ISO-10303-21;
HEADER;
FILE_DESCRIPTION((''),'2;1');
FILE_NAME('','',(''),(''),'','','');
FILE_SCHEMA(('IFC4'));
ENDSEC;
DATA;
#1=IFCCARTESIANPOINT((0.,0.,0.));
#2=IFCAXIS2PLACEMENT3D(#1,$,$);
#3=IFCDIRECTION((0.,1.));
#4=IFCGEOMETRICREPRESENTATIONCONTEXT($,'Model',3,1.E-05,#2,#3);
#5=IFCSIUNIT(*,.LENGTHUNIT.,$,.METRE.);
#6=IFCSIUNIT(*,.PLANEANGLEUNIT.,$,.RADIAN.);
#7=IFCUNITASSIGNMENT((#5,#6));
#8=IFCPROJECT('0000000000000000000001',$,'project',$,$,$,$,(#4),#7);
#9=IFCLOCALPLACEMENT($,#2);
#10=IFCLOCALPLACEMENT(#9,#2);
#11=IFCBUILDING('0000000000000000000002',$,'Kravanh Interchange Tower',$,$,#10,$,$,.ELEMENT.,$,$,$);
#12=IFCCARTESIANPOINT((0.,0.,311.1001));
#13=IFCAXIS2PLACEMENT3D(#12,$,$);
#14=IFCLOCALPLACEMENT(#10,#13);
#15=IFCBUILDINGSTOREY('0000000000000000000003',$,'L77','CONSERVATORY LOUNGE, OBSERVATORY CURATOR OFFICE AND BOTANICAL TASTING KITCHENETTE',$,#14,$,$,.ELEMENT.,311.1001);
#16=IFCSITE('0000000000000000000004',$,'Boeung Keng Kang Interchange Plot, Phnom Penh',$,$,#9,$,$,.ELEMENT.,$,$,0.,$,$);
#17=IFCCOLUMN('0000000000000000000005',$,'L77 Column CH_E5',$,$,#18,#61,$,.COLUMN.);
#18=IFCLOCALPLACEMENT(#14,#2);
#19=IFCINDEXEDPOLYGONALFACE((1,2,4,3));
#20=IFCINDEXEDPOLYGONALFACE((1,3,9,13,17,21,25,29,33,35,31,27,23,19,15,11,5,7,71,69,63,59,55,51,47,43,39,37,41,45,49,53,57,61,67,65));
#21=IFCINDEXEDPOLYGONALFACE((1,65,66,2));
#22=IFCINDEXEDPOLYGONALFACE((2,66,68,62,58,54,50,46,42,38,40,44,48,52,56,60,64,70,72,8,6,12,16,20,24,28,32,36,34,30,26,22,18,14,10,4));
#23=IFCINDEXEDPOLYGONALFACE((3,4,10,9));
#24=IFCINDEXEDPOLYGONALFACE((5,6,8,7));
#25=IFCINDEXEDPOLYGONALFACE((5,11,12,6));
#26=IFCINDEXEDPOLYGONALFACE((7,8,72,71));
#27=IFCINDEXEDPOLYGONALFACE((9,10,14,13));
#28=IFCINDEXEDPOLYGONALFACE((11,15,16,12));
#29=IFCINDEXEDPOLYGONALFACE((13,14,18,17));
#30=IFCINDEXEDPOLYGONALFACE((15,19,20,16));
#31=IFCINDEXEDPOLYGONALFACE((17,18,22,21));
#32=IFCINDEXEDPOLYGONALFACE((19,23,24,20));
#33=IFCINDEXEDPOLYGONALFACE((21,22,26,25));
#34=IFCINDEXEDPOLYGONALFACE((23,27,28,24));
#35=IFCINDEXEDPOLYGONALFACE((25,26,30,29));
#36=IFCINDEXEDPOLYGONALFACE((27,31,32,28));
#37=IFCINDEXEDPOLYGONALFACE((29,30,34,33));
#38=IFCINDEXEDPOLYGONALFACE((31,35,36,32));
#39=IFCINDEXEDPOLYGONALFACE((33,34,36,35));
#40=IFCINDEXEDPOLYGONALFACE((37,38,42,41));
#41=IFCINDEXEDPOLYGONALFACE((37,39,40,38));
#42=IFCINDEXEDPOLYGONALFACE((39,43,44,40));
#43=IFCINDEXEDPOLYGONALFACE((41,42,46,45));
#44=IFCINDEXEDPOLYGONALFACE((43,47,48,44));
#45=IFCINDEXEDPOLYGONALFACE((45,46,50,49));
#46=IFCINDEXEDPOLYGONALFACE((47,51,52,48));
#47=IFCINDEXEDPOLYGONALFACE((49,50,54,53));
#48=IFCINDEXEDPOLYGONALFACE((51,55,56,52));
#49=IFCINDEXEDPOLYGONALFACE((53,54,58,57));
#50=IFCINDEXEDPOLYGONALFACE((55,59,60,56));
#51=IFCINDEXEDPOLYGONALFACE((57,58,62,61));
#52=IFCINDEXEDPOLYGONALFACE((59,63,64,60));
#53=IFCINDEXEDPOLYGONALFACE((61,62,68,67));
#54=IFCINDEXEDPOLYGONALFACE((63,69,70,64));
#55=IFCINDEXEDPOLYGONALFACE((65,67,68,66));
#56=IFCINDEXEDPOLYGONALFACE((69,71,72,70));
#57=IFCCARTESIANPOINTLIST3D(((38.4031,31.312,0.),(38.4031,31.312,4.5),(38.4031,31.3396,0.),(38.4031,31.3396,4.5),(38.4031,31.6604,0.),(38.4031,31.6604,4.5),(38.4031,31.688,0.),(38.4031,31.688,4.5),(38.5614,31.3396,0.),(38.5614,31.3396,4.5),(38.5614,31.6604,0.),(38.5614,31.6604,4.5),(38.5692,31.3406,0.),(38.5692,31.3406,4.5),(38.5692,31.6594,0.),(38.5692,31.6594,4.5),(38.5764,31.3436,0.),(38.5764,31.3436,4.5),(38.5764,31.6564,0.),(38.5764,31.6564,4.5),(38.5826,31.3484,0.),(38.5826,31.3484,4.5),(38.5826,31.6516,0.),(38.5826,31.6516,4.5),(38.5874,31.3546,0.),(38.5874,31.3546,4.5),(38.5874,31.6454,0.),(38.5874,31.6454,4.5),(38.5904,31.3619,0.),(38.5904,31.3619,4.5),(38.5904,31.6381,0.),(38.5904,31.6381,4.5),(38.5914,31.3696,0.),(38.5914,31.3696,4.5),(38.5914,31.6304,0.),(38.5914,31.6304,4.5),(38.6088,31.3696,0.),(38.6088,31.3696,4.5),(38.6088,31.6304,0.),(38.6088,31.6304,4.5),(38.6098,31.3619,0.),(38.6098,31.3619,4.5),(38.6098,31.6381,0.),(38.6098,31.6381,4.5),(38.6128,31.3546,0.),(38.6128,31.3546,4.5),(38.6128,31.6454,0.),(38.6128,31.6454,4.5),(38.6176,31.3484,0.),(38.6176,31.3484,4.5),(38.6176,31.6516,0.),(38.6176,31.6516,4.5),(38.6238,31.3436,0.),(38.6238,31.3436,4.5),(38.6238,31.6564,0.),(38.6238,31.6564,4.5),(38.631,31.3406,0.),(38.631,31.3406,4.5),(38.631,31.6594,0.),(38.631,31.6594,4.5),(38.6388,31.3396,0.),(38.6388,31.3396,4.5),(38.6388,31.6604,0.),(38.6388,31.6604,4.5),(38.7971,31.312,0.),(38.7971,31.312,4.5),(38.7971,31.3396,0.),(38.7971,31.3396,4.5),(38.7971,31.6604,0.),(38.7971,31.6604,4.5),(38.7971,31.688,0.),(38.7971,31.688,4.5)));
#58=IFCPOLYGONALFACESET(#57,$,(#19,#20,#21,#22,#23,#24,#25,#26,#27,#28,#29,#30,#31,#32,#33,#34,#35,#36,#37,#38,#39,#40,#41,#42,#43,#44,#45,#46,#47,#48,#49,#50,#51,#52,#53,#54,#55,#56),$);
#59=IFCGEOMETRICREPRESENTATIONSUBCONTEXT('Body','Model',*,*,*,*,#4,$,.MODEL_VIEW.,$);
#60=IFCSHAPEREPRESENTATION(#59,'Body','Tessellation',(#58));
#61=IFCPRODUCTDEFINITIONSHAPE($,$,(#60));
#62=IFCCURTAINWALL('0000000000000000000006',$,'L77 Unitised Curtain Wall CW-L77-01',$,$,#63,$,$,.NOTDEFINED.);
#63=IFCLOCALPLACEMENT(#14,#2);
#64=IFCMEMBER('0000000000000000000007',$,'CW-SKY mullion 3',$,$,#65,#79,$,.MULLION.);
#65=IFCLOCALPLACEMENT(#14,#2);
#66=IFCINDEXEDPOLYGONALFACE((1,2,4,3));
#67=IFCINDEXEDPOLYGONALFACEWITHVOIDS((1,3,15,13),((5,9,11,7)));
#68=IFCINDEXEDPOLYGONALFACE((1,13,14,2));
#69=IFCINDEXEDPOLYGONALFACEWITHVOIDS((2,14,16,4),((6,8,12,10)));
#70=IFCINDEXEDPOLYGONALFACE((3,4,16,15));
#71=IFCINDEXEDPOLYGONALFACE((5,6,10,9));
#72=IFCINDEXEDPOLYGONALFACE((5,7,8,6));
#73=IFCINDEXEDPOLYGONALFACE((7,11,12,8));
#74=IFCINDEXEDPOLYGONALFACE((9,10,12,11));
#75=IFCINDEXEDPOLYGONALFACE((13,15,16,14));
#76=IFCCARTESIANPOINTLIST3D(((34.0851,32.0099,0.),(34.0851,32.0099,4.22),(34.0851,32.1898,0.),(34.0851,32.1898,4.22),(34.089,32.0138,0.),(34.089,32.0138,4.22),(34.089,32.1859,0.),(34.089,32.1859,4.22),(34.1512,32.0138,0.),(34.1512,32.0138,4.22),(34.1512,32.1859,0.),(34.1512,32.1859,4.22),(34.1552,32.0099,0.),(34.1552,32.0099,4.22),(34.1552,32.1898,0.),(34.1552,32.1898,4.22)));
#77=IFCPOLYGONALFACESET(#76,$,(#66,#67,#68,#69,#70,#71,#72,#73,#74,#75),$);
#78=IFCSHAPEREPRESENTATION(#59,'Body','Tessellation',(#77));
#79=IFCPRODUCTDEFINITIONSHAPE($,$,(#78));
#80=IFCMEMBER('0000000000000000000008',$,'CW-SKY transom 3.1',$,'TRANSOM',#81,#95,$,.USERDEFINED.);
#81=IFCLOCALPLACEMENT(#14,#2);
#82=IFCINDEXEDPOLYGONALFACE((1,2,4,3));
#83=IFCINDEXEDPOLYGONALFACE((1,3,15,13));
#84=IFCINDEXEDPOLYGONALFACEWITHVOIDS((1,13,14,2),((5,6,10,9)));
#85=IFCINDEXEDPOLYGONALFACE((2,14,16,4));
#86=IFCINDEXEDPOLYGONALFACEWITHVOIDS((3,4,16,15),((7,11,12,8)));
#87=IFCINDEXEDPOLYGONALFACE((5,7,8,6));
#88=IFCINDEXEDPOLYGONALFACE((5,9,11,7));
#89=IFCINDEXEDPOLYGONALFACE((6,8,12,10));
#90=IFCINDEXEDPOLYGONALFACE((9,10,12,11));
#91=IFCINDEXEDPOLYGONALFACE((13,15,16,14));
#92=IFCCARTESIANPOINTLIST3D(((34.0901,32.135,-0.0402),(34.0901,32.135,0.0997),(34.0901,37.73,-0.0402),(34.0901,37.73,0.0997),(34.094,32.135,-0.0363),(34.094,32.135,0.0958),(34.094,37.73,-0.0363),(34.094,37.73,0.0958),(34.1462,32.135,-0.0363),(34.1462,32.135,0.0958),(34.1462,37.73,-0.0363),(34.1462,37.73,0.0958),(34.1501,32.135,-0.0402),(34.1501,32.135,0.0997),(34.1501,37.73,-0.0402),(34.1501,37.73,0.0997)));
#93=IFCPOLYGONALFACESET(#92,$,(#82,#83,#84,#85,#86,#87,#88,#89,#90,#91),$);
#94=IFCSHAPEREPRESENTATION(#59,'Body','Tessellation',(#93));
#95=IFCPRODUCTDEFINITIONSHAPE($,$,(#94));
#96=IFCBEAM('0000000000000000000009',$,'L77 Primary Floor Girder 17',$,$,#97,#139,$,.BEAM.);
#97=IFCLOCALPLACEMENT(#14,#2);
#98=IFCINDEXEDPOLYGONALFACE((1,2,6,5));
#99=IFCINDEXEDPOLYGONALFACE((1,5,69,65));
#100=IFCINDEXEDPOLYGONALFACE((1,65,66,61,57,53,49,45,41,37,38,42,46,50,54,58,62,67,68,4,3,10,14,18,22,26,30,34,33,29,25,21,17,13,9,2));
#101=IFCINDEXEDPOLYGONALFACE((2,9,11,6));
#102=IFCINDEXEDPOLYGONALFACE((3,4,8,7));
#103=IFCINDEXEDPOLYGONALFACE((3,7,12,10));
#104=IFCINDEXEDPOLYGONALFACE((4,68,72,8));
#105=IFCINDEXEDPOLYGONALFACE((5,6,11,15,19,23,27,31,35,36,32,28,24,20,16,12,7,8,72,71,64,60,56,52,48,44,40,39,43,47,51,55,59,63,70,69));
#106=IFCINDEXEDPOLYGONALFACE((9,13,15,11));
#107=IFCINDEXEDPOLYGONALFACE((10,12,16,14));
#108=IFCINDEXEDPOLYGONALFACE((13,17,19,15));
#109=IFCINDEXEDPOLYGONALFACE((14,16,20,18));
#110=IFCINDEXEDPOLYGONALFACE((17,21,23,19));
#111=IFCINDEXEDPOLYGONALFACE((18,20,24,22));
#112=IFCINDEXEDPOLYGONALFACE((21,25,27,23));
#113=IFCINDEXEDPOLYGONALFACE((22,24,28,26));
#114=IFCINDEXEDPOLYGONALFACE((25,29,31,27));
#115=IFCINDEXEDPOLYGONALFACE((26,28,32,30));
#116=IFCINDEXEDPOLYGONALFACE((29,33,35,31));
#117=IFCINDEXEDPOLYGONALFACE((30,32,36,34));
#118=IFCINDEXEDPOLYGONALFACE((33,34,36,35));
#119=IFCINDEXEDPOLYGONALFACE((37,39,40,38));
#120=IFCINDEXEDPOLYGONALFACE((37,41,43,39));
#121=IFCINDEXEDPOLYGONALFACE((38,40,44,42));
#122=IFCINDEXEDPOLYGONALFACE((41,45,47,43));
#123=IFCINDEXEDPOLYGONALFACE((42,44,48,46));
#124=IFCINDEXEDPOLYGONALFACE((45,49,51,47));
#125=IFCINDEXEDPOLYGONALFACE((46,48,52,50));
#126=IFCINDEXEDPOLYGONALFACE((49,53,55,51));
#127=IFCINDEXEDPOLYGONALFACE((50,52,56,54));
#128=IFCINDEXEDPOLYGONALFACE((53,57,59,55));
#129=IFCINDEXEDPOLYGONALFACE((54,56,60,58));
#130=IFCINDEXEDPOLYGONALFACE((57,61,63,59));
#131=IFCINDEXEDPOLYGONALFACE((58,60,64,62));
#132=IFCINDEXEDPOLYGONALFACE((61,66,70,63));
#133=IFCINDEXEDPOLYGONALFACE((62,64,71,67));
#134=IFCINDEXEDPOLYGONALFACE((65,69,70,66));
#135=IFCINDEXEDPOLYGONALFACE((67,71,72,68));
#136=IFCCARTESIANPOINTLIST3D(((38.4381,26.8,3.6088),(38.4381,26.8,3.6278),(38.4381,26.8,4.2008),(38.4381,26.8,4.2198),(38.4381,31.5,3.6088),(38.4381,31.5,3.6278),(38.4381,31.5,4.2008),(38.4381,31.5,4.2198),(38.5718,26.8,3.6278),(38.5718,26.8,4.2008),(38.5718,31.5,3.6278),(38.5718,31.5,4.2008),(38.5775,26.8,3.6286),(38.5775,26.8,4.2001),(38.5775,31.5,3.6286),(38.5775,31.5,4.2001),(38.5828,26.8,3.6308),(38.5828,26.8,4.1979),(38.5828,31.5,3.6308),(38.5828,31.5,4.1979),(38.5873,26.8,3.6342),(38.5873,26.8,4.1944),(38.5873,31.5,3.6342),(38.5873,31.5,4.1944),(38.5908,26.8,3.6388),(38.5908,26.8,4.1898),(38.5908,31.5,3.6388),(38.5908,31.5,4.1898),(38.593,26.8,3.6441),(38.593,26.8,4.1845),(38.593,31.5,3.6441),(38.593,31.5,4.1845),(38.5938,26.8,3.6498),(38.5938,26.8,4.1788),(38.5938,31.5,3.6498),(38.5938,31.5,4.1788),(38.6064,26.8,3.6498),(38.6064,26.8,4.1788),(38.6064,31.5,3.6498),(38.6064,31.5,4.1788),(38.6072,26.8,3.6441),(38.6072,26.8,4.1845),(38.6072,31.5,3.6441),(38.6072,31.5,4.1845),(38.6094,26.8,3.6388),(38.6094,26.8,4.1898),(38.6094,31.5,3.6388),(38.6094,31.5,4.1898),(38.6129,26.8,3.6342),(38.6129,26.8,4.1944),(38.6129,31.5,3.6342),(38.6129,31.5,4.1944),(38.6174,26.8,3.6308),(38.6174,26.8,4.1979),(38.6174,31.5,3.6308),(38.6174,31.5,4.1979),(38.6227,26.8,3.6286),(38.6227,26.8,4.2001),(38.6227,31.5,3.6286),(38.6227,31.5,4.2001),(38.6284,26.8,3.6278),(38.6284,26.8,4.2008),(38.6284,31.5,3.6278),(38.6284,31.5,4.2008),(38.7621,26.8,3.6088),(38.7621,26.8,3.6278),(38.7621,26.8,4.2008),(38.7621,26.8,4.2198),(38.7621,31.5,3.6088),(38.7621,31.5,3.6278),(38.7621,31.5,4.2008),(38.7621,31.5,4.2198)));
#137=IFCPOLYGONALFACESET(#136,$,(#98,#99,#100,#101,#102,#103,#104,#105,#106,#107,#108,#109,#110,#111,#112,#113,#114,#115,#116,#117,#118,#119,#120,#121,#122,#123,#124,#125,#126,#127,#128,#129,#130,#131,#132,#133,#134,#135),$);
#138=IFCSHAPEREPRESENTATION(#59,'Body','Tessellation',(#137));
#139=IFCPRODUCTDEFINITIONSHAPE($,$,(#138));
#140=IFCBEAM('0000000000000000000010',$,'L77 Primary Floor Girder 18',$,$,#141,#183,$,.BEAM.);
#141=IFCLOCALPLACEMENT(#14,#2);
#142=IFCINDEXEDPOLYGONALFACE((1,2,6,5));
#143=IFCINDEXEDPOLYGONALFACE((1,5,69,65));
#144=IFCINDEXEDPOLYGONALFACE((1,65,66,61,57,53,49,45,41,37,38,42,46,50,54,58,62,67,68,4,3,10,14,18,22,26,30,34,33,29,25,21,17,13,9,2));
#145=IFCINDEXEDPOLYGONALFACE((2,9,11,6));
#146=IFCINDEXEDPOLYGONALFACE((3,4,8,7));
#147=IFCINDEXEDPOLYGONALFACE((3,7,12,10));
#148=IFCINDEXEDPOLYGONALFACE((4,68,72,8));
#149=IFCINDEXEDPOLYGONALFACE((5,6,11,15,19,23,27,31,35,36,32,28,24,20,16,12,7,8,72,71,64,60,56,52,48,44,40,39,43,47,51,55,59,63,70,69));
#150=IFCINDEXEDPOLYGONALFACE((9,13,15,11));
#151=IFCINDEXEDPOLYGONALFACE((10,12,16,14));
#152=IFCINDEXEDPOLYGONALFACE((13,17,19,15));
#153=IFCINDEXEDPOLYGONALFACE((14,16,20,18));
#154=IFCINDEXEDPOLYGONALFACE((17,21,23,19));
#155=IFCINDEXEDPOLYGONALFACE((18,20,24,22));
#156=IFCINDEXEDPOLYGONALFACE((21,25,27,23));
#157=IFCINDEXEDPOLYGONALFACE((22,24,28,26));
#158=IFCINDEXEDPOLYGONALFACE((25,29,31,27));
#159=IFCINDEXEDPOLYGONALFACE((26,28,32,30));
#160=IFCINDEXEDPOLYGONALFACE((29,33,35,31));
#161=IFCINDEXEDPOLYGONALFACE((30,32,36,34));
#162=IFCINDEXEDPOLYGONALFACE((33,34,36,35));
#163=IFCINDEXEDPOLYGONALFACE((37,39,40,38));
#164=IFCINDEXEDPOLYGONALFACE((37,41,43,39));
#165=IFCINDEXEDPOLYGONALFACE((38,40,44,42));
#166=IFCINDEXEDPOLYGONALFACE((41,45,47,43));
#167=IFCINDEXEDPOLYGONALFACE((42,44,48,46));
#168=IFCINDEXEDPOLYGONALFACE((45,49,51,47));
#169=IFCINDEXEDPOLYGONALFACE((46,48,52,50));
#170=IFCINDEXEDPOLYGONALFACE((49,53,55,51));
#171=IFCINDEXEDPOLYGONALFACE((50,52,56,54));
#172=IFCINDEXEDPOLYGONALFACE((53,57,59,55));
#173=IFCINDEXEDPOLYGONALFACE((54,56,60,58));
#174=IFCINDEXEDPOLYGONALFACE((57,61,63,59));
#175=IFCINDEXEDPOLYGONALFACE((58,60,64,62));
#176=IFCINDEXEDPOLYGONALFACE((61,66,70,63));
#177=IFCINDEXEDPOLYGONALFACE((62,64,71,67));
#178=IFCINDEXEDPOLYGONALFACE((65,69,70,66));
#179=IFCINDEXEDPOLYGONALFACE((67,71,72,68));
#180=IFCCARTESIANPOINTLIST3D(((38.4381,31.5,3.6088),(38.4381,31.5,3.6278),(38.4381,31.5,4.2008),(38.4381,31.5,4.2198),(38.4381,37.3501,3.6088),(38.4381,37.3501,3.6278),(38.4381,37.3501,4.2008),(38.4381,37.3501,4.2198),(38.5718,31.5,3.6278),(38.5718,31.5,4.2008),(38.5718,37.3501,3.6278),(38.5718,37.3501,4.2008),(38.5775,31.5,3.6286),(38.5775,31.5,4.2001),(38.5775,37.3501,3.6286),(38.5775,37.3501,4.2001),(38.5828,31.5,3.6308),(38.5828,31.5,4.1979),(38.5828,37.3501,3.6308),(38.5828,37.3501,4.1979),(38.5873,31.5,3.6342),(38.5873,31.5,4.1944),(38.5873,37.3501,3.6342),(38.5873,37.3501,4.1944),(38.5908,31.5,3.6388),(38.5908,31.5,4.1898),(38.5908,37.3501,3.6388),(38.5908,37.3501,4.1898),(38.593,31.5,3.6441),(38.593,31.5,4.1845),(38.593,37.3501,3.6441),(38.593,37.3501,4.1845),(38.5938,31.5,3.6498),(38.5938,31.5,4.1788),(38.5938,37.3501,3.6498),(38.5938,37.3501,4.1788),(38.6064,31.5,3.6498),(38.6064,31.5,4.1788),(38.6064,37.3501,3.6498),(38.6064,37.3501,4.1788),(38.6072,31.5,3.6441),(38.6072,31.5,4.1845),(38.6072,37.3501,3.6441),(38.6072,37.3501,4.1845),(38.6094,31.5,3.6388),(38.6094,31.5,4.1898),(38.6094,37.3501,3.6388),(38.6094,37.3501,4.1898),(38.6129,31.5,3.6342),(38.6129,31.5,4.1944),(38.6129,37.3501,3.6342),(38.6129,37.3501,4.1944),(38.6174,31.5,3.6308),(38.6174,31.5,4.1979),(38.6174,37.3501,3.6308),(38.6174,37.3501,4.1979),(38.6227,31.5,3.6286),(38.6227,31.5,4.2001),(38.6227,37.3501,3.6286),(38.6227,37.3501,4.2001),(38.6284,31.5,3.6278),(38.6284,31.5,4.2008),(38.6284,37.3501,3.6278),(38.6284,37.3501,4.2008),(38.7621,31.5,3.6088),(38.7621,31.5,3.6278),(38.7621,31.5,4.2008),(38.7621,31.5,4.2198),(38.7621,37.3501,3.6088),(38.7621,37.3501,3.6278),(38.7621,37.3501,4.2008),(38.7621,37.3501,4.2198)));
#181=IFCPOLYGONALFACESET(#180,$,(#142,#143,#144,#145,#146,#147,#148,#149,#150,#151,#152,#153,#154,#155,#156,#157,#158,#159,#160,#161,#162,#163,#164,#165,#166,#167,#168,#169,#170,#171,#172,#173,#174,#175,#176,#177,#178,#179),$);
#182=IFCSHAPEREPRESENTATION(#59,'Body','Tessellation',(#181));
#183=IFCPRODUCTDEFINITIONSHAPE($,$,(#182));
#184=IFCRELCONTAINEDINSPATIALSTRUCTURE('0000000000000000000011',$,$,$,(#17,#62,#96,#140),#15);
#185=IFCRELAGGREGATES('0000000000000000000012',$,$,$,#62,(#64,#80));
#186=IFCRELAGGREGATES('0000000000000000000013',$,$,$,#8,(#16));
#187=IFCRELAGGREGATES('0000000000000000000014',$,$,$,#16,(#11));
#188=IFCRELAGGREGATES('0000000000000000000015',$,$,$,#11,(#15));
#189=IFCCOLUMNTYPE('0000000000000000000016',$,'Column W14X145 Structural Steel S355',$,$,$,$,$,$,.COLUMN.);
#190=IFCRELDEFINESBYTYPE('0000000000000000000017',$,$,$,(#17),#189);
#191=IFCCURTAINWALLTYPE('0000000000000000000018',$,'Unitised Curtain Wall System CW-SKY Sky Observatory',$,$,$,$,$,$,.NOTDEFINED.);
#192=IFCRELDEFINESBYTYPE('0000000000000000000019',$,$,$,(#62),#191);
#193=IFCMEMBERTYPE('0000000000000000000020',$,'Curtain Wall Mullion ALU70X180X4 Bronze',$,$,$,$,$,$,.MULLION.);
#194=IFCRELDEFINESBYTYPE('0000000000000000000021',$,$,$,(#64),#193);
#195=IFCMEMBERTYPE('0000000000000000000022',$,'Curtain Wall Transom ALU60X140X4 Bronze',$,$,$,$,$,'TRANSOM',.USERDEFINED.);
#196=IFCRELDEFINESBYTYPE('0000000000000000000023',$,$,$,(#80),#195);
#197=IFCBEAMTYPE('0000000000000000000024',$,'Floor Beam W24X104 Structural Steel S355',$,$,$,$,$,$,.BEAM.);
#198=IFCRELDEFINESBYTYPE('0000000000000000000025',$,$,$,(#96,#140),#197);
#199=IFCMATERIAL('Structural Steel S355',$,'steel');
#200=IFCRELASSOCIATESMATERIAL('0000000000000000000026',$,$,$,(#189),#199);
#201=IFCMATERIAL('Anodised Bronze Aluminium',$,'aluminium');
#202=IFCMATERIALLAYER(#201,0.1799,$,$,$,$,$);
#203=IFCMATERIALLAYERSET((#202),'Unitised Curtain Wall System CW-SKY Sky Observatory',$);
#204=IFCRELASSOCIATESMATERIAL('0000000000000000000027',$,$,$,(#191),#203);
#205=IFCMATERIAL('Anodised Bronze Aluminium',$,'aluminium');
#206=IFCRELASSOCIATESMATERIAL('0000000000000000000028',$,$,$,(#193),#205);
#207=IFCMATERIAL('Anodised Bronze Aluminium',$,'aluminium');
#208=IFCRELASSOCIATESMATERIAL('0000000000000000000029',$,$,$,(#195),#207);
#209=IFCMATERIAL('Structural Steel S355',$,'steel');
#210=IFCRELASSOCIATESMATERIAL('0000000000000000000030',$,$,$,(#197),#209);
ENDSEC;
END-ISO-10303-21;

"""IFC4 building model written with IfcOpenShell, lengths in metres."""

from ifc_helpers import new_model, si_unit, direction, frame, origin, origin_2d, place, context, subcontext, project, spatial, hollow_rectangle, i_section, extrude, material, layer, layer_set, material_profile, profile_set, type_object, element, aggregate, save


model = new_model("IFC4")

# Units and contexts
model_context = context("Model", 3, precision=1e-05, world=origin(), true_north=direction((0.0, 1.0)))
body_context = subcontext(model_context, "Body", "Model", "MODEL_VIEW")
ifc_project = project(units=[si_unit("LENGTHUNIT", "METRE"), si_unit("PLANEANGLEUNIT", "RADIAN")], contexts=[model_context])

# Site, building, storey
site_placement = place(None, origin())
site = spatial("IfcSite", under=ifc_project, at=site_placement, Name="Boeung Keng Kang Interchange Plot, Phnom Penh", CompositionType="ELEMENT", RefElevation=0.0)
building_placement = place(site_placement, origin())
building = spatial("IfcBuilding", under=site, at=building_placement, Name="Kravanh Interchange Tower", CompositionType="ELEMENT")
storey_placement = place(building_placement, frame((0.0, 0.0, 311.1001)))
storey = spatial("IfcBuildingStorey", under=building, at=storey_placement, Name="L77", Description="CONSERVATORY LOUNGE, OBSERVATORY CURATOR OFFICE AND BOTANICAL TASTING KITCHENETTE", CompositionType="ELEMENT", Elevation=311.1001)

# Column
ifc_material_1 = material(Name="Structural Steel S355", Category="steel")
ifc_material_profile_1 = material_profile(ifc_material_1, i_section(OverallWidth=0.394, OverallDepth=0.376, WebThickness=0.0173, FlangeThickness=0.0276, FilletRadius=0.03, at=origin_2d()), Name="W14X145")
ifc_profile_set_1 = profile_set([ifc_material_profile_1], Name="Structural Steel S355")
column_type = type_object("IfcColumnType", Name="Column W14X145 Structural Steel S355", PredefinedType="COLUMN", material=ifc_profile_set_1)
column_placement = place(storey_placement, frame((38.6001, 31.5, 0.0), z_axis=(0.0, 0.0, 1.0), x_axis=(1.0, 0.0, 0.0)))
element("IfcColumn", 1, at=column_placement, inside=storey, type_object=column_type, Name="L77 Column CH_E5", PredefinedType="COLUMN", context=body_context, shape_type="SweptSolid", body=[
    extrude(i_section(OverallWidth=0.394, OverallDepth=0.376, WebThickness=0.0173, FlangeThickness=0.0276, FilletRadius=0.03, at=origin_2d()), origin(), (0.0, 0.0, 1.0), 4.5),
])

# Curtain wall, members
ifc_material_2 = material(Name="Anodised Bronze Aluminium", Category="aluminium")
ifc_layer_1 = layer(ifc_material_2, 0.1799)
ifc_layer_set_1 = layer_set([ifc_layer_1], Name="Unitised Curtain Wall System CW-SKY Sky Observatory")
curtain_wall_type = type_object("IfcCurtainWallType", Name="Unitised Curtain Wall System CW-SKY Sky Observatory", PredefinedType="NOTDEFINED", material=ifc_layer_set_1)
curtain_wall_placement = place(storey_placement, origin())
curtain_wall = element("IfcCurtainWall", 2, at=curtain_wall_placement, inside=storey, type_object=curtain_wall_type, Name="L77 Unitised Curtain Wall CW-L77-01", PredefinedType="NOTDEFINED")
ifc_material_3 = material(Name="Anodised Bronze Aluminium", Category="aluminium")
ifc_material_profile_2 = material_profile(ifc_material_3, hollow_rectangle(XDim=0.0701, YDim=0.1799, WallThickness=0.0039, at=origin_2d()), Name="ALU70X180X4")
ifc_profile_set_2 = profile_set([ifc_material_profile_2], Name="Anodised Bronze Aluminium")
member_type_1 = type_object("IfcMemberType", Name="Curtain Wall Mullion ALU70X180X4 Bronze", PredefinedType="MULLION", material=ifc_profile_set_2)
member_1_placement = place(storey_placement, frame((34.1201, 32.0999, 0.0), z_axis=(0.0, 0.0, 1.0), x_axis=(-1.0, 0.0, 0.0)))
member_1 = element("IfcMember", 3, at=member_1_placement, type_object=member_type_1, Name="CW-SKY mullion 3", PredefinedType="MULLION", context=body_context, shape_type="SweptSolid", body=[
    extrude(hollow_rectangle(XDim=0.0701, YDim=0.1799, WallThickness=0.0039, at=origin_2d()), origin(), (0.0, 0.0, 1.0), 4.22),
])
ifc_material_4 = material(Name="Anodised Bronze Aluminium", Category="aluminium")
ifc_material_profile_3 = material_profile(ifc_material_4, hollow_rectangle(XDim=0.0601, YDim=0.1399, WallThickness=0.0039, at=origin_2d()), Name="ALU60X140X4")
ifc_profile_set_3 = profile_set([ifc_material_profile_3], Name="Anodised Bronze Aluminium")
member_type_2 = type_object("IfcMemberType", Name="Curtain Wall Transom ALU60X140X4 Bronze", ElementType="TRANSOM", PredefinedType="USERDEFINED", material=ifc_profile_set_3)
member_2_placement = place(storey_placement, frame((34.1201, 32.135, 0.0298), z_axis=(0.0, 1.0, 0.0), x_axis=(-1.0, 0.0, 0.0)))
member_2 = element("IfcMember", 4, at=member_2_placement, type_object=member_type_2, Name="CW-SKY transom 3.1", ObjectType="TRANSOM", PredefinedType="USERDEFINED", context=body_context, shape_type="SweptSolid", body=[
    extrude(hollow_rectangle(XDim=0.0601, YDim=0.1399, WallThickness=0.0039, at=origin_2d()), origin(), (0.0, 0.0, 1.0), 5.595),
])
aggregate(curtain_wall, [member_1, member_2])

# Beams
ifc_material_5 = material(Name="Structural Steel S355", Category="steel")
ifc_material_profile_4 = material_profile(ifc_material_5, i_section(OverallWidth=0.324, OverallDepth=0.6111, WebThickness=0.0127, FlangeThickness=0.019, FilletRadius=0.022, at=origin_2d()), Name="W24X104")
ifc_profile_set_4 = profile_set([ifc_material_profile_4], Name="Structural Steel S355")
beam_type_1 = type_object("IfcBeamType", Name="Floor Beam W24X104 Structural Steel S355", PredefinedType="BEAM", material=ifc_profile_set_4)
beam_1_placement = place(storey_placement, frame((38.6001, 31.5, 3.9143), z_axis=(0.0, -1.0, 0.0), x_axis=(1.0, 0.0, 0.0)))
element("IfcBeam", 5, at=beam_1_placement, inside=storey, type_object=beam_type_1, Name="L77 Primary Floor Girder 17", PredefinedType="BEAM", context=body_context, shape_type="SweptSolid", body=[
    extrude(i_section(OverallWidth=0.324, OverallDepth=0.6111, WebThickness=0.0127, FlangeThickness=0.019, FilletRadius=0.022, at=origin_2d()), origin(), (0.0, 0.0, 1.0), 4.7),
])
beam_2_placement = place(storey_placement, frame((38.6001, 31.5, 3.9143), z_axis=(0.0, 1.0, 0.0), x_axis=(-1.0, 0.0, 0.0)))
element("IfcBeam", 6, at=beam_2_placement, inside=storey, type_object=beam_type_1, Name="L77 Primary Floor Girder 18", PredefinedType="BEAM", context=body_context, shape_type="SweptSolid", body=[
    extrude(i_section(OverallWidth=0.324, OverallDepth=0.6111, WebThickness=0.0127, FlangeThickness=0.019, FilletRadius=0.022, at=origin_2d()), origin(), (0.0, 0.0, 1.0), 5.8501),
])

save(model, "model.ifc")
